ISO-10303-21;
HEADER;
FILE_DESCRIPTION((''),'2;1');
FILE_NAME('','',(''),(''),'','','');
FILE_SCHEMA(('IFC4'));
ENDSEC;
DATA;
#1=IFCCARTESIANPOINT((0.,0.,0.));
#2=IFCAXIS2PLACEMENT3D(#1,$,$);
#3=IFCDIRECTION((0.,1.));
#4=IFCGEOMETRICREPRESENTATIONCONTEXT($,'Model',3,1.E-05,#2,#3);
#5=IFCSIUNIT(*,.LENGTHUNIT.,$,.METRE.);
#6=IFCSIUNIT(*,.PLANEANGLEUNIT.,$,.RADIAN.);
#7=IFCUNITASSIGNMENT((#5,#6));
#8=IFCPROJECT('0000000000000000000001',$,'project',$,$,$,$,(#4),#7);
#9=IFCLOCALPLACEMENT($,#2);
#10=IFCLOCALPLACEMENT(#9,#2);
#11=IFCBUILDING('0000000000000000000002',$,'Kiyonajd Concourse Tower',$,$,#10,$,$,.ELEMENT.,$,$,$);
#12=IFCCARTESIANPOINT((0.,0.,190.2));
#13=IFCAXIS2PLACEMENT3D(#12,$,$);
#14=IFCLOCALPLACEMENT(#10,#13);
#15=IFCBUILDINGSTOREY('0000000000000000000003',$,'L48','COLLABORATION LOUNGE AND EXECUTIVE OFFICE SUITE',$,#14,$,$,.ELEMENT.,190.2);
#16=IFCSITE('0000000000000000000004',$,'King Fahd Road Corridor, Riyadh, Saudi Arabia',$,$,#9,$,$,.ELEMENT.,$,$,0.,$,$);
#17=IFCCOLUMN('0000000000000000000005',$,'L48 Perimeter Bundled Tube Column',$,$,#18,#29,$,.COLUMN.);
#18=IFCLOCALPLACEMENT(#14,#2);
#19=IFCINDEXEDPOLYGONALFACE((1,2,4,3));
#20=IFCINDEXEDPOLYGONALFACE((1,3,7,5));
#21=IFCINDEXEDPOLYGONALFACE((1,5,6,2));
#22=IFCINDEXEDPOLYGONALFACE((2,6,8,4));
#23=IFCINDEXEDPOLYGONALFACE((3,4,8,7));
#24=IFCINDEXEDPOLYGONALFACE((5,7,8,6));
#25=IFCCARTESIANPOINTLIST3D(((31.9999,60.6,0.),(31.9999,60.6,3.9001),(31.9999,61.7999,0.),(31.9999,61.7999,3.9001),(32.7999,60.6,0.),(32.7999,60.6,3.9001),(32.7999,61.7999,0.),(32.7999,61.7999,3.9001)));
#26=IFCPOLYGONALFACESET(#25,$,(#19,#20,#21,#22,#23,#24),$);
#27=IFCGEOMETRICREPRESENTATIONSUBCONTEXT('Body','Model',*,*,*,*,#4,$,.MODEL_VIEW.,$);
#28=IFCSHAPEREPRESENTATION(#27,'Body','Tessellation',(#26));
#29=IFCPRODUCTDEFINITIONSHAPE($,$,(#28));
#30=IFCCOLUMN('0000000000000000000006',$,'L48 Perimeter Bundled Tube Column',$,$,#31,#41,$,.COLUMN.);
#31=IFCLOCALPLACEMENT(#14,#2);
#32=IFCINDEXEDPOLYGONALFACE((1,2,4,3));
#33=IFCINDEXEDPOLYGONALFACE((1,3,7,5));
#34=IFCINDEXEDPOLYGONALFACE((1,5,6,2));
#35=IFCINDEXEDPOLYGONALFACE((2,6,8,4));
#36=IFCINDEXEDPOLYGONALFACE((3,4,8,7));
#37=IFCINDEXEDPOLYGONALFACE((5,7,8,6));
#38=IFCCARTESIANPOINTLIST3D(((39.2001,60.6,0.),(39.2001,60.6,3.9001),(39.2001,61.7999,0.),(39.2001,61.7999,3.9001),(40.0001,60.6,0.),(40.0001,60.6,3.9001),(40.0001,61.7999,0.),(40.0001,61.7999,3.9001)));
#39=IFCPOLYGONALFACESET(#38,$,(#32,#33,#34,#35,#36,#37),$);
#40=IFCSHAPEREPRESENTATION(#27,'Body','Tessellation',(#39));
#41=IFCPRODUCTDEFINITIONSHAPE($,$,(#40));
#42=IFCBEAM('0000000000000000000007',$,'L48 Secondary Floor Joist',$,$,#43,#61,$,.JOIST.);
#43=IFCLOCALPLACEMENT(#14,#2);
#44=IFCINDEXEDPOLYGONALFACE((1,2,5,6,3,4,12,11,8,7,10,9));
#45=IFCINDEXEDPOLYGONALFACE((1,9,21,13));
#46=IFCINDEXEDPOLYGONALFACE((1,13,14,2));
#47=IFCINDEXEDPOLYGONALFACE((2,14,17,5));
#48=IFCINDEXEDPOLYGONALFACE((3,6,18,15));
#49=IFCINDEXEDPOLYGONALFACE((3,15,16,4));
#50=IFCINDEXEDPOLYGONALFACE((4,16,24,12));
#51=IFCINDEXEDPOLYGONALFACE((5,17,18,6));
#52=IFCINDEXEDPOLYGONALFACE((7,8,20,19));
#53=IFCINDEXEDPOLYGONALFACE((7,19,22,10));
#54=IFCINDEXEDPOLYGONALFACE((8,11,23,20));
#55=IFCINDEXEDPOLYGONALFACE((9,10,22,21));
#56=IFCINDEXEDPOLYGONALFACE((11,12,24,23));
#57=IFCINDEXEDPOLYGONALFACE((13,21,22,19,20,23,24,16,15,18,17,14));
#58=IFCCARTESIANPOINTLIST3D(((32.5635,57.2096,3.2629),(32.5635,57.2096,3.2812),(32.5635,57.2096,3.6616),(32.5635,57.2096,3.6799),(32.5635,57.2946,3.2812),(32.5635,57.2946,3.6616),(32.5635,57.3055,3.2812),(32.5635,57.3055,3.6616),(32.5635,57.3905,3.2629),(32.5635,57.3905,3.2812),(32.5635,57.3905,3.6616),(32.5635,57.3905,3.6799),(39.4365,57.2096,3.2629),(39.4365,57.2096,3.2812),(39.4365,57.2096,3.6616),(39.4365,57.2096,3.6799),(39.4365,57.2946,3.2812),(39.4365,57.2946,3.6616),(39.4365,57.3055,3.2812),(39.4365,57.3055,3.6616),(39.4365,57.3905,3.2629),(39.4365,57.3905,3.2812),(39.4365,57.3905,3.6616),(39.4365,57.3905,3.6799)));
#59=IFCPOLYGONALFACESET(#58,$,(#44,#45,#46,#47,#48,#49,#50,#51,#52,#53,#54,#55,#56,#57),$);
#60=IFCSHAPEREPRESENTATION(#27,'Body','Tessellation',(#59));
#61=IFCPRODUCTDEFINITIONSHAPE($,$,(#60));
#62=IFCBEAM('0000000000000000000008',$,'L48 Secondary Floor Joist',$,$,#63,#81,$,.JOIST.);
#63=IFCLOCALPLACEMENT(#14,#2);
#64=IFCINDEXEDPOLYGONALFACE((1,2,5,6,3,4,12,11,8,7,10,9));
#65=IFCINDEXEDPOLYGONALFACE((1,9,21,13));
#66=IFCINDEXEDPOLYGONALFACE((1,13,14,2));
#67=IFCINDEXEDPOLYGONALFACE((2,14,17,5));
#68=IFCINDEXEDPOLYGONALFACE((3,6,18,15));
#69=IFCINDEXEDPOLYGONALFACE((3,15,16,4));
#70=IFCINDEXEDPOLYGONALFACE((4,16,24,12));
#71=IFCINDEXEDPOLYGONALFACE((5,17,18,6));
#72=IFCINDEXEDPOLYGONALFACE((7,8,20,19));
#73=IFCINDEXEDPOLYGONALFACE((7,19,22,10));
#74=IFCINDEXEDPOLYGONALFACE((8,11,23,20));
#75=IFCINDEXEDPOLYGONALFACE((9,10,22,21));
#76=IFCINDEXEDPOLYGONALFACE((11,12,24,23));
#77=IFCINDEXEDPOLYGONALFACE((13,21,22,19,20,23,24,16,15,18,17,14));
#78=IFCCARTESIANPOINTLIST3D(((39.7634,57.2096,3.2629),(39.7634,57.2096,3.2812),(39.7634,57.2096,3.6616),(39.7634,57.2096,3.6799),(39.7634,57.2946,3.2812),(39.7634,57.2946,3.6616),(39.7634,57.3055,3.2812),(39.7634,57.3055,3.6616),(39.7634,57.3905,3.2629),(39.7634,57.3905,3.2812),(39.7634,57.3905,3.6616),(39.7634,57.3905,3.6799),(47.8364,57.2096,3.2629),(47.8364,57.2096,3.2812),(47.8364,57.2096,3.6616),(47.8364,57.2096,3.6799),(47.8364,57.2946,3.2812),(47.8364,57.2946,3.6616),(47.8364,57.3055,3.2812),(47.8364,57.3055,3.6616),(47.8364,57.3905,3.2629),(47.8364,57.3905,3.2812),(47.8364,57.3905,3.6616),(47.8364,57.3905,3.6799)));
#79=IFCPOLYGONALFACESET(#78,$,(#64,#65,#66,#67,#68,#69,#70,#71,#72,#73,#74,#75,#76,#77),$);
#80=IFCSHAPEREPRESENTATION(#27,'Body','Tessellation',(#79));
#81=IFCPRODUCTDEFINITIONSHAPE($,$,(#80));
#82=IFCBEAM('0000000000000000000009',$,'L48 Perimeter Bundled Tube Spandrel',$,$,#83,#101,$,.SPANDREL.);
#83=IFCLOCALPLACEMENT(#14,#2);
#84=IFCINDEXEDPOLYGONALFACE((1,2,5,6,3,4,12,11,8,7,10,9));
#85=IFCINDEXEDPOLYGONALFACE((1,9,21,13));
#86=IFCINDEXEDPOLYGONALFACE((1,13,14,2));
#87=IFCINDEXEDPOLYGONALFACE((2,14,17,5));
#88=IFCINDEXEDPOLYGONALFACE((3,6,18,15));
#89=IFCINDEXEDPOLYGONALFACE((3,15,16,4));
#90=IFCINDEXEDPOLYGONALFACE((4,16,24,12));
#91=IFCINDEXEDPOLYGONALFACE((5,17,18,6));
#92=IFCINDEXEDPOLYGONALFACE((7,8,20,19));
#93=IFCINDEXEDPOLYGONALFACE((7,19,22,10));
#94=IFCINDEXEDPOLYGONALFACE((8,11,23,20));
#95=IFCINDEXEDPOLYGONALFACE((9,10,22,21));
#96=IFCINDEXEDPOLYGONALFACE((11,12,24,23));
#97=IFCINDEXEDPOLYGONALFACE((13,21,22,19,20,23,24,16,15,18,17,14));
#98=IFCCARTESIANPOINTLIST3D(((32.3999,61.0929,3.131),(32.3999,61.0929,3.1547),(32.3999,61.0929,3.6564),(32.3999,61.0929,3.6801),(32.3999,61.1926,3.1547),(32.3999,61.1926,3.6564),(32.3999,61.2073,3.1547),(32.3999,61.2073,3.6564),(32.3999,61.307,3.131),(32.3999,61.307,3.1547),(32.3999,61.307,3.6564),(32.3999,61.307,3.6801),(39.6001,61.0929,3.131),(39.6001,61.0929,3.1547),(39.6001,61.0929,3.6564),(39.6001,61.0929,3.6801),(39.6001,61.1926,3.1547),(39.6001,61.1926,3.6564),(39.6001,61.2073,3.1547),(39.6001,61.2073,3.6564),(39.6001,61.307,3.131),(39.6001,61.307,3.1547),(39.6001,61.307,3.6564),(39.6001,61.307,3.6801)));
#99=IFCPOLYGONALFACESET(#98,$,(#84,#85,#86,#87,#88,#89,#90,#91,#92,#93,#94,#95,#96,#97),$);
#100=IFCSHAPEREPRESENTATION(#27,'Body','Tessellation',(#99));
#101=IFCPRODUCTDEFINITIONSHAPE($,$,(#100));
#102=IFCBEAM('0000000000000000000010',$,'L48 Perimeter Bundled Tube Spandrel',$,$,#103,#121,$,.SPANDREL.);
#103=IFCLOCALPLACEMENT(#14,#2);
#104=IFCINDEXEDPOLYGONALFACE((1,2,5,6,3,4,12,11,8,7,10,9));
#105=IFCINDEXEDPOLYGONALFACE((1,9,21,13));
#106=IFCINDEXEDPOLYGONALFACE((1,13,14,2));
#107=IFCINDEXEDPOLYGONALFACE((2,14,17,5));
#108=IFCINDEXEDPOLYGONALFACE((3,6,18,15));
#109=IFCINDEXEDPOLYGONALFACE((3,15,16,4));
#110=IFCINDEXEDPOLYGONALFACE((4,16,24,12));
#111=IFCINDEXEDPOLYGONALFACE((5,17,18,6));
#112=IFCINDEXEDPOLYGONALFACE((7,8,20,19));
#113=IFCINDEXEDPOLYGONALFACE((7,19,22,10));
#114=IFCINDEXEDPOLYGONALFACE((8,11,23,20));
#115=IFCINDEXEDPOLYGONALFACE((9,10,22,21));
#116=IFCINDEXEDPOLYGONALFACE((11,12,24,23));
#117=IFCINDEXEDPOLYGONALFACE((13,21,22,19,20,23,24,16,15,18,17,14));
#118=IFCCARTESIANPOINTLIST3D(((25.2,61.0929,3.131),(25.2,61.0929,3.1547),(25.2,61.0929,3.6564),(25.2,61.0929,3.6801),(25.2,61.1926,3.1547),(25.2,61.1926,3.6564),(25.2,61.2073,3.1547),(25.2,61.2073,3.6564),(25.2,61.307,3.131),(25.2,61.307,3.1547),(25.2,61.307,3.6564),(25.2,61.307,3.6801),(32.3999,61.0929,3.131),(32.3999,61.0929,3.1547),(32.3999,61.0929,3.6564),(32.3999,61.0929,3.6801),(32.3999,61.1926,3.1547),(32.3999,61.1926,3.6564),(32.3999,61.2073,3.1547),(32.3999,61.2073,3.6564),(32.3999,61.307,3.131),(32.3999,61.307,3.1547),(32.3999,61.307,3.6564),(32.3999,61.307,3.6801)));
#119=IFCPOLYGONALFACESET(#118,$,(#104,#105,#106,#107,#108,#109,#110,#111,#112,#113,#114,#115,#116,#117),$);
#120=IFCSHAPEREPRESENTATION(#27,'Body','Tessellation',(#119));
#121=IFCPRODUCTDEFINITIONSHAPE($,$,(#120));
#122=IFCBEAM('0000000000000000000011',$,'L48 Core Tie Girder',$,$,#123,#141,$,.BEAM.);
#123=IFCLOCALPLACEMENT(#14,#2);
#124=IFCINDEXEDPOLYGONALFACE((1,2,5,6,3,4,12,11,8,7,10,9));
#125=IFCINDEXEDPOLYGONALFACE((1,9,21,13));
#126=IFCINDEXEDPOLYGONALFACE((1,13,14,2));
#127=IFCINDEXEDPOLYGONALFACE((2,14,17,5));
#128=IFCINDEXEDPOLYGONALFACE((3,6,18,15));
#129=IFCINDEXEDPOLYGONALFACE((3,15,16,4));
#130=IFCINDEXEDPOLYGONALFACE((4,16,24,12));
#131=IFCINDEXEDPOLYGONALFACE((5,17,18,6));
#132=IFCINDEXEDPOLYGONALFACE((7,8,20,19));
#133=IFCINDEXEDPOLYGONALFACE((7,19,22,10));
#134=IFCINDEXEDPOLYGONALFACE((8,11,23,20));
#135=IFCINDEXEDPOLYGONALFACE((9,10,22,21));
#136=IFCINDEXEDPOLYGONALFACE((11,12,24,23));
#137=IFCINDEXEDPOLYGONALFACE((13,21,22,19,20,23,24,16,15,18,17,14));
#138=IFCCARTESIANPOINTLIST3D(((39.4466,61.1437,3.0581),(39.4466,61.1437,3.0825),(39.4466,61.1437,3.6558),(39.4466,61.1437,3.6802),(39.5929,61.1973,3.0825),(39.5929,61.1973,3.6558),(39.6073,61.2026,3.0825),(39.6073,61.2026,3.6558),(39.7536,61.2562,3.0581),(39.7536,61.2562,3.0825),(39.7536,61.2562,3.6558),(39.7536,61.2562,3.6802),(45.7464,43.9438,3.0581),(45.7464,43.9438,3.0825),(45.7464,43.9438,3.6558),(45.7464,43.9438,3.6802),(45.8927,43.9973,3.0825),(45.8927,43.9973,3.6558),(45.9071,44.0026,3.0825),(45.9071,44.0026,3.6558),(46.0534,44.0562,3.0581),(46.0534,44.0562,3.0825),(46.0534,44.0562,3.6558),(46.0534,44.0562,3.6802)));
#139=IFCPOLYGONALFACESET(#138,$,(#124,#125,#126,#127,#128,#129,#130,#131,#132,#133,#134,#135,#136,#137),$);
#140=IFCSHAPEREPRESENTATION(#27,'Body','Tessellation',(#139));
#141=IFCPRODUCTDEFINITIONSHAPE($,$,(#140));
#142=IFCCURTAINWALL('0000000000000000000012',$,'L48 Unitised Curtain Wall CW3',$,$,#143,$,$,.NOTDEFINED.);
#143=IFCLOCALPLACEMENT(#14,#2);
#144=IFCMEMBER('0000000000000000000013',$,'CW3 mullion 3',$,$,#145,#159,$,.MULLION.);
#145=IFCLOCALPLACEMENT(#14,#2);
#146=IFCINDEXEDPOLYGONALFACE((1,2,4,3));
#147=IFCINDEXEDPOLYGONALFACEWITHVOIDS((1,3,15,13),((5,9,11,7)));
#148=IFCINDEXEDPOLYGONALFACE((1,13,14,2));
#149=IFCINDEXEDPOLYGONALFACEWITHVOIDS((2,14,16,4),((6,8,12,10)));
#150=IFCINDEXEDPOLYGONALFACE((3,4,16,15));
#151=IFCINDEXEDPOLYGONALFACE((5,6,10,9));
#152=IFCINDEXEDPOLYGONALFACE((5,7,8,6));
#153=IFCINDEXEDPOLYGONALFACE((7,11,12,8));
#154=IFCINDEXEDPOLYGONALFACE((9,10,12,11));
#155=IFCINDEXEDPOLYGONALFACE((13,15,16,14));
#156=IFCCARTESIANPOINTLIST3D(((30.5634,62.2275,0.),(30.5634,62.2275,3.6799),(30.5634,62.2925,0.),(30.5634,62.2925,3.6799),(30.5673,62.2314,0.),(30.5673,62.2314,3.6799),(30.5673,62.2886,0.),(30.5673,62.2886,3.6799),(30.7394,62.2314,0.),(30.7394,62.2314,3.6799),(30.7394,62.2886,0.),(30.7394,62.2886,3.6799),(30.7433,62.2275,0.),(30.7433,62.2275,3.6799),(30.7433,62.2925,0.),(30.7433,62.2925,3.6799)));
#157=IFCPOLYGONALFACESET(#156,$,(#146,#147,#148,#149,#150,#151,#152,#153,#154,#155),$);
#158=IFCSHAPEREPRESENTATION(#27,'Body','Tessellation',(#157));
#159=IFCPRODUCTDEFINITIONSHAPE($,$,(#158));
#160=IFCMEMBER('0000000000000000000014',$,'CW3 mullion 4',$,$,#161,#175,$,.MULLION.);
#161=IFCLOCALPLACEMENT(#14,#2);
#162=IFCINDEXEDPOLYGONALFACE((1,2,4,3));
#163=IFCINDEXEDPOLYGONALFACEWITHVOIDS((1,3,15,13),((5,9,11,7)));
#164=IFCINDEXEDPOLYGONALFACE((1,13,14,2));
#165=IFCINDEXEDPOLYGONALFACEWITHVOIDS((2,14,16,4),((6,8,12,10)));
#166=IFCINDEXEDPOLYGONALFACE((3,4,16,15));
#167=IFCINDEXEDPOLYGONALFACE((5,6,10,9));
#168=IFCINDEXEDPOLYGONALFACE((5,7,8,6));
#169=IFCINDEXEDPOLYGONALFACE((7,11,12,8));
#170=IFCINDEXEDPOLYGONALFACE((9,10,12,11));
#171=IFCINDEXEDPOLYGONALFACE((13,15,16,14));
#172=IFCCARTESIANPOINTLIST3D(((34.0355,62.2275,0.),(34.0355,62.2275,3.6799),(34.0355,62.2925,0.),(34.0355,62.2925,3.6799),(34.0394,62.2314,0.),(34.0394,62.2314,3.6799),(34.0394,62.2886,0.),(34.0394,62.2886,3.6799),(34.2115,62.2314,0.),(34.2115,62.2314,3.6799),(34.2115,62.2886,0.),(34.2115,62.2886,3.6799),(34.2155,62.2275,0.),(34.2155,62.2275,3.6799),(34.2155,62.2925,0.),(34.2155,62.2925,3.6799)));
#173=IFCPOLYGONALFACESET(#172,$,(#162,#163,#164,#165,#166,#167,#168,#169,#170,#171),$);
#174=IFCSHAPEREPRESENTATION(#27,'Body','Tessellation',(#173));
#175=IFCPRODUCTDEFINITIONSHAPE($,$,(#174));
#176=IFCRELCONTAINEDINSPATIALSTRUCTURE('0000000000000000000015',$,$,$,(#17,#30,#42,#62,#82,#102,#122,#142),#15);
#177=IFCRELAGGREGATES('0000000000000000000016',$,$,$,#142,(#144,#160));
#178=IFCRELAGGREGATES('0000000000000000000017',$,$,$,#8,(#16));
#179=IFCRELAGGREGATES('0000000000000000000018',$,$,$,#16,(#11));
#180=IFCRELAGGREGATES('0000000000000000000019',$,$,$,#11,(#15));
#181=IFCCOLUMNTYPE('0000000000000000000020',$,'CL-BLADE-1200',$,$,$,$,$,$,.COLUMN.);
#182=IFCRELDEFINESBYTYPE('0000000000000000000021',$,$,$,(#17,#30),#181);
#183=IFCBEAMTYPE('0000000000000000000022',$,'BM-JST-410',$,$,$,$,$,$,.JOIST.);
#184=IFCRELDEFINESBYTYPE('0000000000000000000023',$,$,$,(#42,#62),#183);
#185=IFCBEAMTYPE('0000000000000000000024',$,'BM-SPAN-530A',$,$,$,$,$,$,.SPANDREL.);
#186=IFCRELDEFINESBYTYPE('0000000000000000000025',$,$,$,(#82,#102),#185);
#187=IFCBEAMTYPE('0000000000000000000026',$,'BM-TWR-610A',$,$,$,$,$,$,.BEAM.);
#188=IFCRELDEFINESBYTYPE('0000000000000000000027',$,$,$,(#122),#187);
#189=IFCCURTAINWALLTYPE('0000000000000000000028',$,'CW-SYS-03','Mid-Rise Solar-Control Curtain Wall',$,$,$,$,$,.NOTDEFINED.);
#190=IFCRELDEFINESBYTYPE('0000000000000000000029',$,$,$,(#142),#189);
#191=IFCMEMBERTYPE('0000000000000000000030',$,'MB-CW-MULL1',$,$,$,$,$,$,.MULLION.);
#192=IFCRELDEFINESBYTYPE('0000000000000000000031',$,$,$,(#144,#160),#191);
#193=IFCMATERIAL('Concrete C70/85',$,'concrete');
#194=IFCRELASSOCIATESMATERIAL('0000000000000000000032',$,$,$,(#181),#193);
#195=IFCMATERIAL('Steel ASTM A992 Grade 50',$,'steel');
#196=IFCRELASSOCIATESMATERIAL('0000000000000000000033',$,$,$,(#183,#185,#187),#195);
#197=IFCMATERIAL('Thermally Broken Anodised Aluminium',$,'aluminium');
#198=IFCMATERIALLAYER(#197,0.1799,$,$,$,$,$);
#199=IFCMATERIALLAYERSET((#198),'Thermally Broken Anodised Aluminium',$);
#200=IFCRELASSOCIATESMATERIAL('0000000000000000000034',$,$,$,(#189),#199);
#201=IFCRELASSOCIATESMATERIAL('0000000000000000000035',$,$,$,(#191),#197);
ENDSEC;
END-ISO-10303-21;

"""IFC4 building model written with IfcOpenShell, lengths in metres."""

from ifc_helpers import new_model, si_unit, direction, frame, origin, origin_2d, place, context, subcontext, project, spatial, rectangle, hollow_rectangle, i_section, extrude, material, layer, layer_set, material_profile, profile_set, type_object, element, aggregate, save


model = new_model("IFC4")

# Units and contexts
model_context = context("Model", 3, precision=1e-05, world=origin(), true_north=direction((0.0, 1.0)))
body_context = subcontext(model_context, "Body", "Model", "MODEL_VIEW")
ifc_project = project(units=[si_unit("LENGTHUNIT", "METRE"), si_unit("PLANEANGLEUNIT", "RADIAN")], contexts=[model_context])

# Site, building, storey
site_placement = place(None, origin())
site = spatial("IfcSite", under=ifc_project, at=site_placement, Name="King Fahd Road Corridor, Riyadh, Saudi Arabia", CompositionType="ELEMENT", RefElevation=0.0)
building_placement = place(site_placement, origin())
building = spatial("IfcBuilding", under=site, at=building_placement, Name="Kiyonajd Concourse Tower", CompositionType="ELEMENT")
storey_placement = place(building_placement, frame((0.0, 0.0, 190.2)))
storey = spatial("IfcBuildingStorey", under=building, at=storey_placement, Name="L48", Description="COLLABORATION LOUNGE AND EXECUTIVE OFFICE SUITE", CompositionType="ELEMENT", Elevation=190.2)

# Columns
ifc_material_1 = material(Name="Concrete C70/85", Category="concrete")
ifc_material_profile_1 = material_profile(ifc_material_1, rectangle(XDim=0.8, YDim=1.2, at=origin_2d()), Name="RC-1200x800")
ifc_profile_set_1 = profile_set([ifc_material_profile_1], Name="Concrete C70/85")
column_type = type_object("IfcColumnType", Name="CL-BLADE-1200", PredefinedType="COLUMN", material=ifc_profile_set_1)
for number, where, z_axis, x_axis, name in (
    (1, (32.3999, 61.2, 0.0), (0.0, 0.0, 1.0), (1.0, 0.0, 0.0), "L48 Perimeter Bundled Tube Column"),
    (2, (39.6001, 61.2, 0.0), (0.0, 0.0, 1.0), (1.0, 0.0, 0.0), "L48 Perimeter Bundled Tube Column"),
):
    element("IfcColumn", number, at=place(storey_placement, frame(where, z_axis=z_axis, x_axis=x_axis)), inside=storey, type_object=column_type, Name=name, PredefinedType="COLUMN", context=body_context, shape_type="SweptSolid", body=[
        extrude(rectangle(XDim=0.8, YDim=1.2, at=origin_2d()), origin(), (0.0, 0.0, 1.0), 3.9001),
    ])

# Beams
ifc_material_2 = material(Name="Steel ASTM A992 Grade 50", Category="steel")
ifc_material_profile_2 = material_profile(ifc_material_2, i_section(OverallWidth=0.1809, OverallDepth=0.417, WebThickness=0.011, FlangeThickness=0.0183, at=origin_2d()), Name="W410X85")
ifc_profile_set_2 = profile_set([ifc_material_profile_2], Name="Steel ASTM A992 Grade 50")
beam_type_1 = type_object("IfcBeamType", Name="BM-JST-410", PredefinedType="JOIST", material=ifc_profile_set_2)
beam_1_placement = place(storey_placement, frame((32.5635, 57.3, 3.4714), z_axis=(1.0, 0.0, 0.0), x_axis=(0.0, 1.0, 0.0)))
element("IfcBeam", 3, at=beam_1_placement, inside=storey, type_object=beam_type_1, Name="L48 Secondary Floor Joist", PredefinedType="JOIST", context=body_context, shape_type="SweptSolid", body=[
    extrude(i_section(OverallWidth=0.1809, OverallDepth=0.417, WebThickness=0.011, FlangeThickness=0.0183, at=origin_2d()), origin(), (0.0, 0.0, 1.0), 6.873),
])
beam_2_placement = place(storey_placement, frame((39.7634, 57.3, 3.4714), z_axis=(1.0, 0.0, 0.0), x_axis=(0.0, 1.0, 0.0)))
element("IfcBeam", 4, at=beam_2_placement, inside=storey, type_object=beam_type_1, Name="L48 Secondary Floor Joist", PredefinedType="JOIST", context=body_context, shape_type="SweptSolid", body=[
    extrude(i_section(OverallWidth=0.1809, OverallDepth=0.417, WebThickness=0.011, FlangeThickness=0.0183, at=origin_2d()), origin(), (0.0, 0.0, 1.0), 8.073),
])
ifc_material_profile_3 = material_profile(ifc_material_2, i_section(OverallWidth=0.2141, OverallDepth=0.5491, WebThickness=0.0146, FlangeThickness=0.0237, at=origin_2d()), Name="W530X138")
ifc_profile_set_3 = profile_set([ifc_material_profile_3], Name="Steel ASTM A992 Grade 50")
beam_type_2 = type_object("IfcBeamType", Name="BM-SPAN-530A", PredefinedType="SPANDREL", material=ifc_profile_set_3)
beam_3_placement = place(storey_placement, frame((39.6001, 61.2, 3.4055), z_axis=(-1.0, 0.0, 0.0), x_axis=(0.0, -1.0, 0.0)))
element("IfcBeam", 5, at=beam_3_placement, inside=storey, type_object=beam_type_2, Name="L48 Perimeter Bundled Tube Spandrel", PredefinedType="SPANDREL", context=body_context, shape_type="SweptSolid", body=[
    extrude(i_section(OverallWidth=0.2141, OverallDepth=0.5491, WebThickness=0.0146, FlangeThickness=0.0237, at=origin_2d()), origin(), (0.0, 0.0, 1.0), 7.2002),
])
beam_4_placement = place(storey_placement, frame((32.3999, 61.2, 3.4055), z_axis=(-1.0, 0.0, 0.0), x_axis=(0.0, -1.0, 0.0)))
element("IfcBeam", 6, at=beam_4_placement, inside=storey, type_object=beam_type_2, Name="L48 Perimeter Bundled Tube Spandrel", PredefinedType="SPANDREL", context=body_context, shape_type="SweptSolid", body=[
    extrude(i_section(OverallWidth=0.2141, OverallDepth=0.5491, WebThickness=0.0146, FlangeThickness=0.0237, at=origin_2d()), origin(), (0.0, 0.0, 1.0), 7.2),
])
ifc_material_profile_4 = material_profile(ifc_material_2, i_section(OverallWidth=0.3269, OverallDepth=0.6221, WebThickness=0.0154, FlangeThickness=0.0244, at=origin_2d()), Name="W610X195")
ifc_profile_set_4 = profile_set([ifc_material_profile_4], Name="Steel ASTM A992 Grade 50")
beam_type_3 = type_object("IfcBeamType", Name="BM-TWR-610A", PredefinedType="BEAM", material=ifc_profile_set_4)
beam_5_placement = place(storey_placement, frame((39.6001, 61.2, 3.3691), z_axis=(0.343925, -0.938997, 0.0), x_axis=(0.938997, 0.343925, 0.0)))
element("IfcBeam", 7, at=beam_5_placement, inside=storey, type_object=beam_type_3, Name="L48 Core Tie Girder", PredefinedType="BEAM", context=body_context, shape_type="SweptSolid", body=[
    extrude(i_section(OverallWidth=0.3269, OverallDepth=0.6221, WebThickness=0.0154, FlangeThickness=0.0244, at=origin_2d()), origin(), (0.0, 0.0, 1.0), 18.3174),
])

# Curtain wall, members
ifc_material_3 = material(Name="Thermally Broken Anodised Aluminium", Category="aluminium")
ifc_layer_1 = layer(ifc_material_3, 0.1799)
ifc_layer_set_1 = layer_set([ifc_layer_1], Name="Thermally Broken Anodised Aluminium")
curtain_wall_type = type_object("IfcCurtainWallType", Name="CW-SYS-03", Description="Mid-Rise Solar-Control Curtain Wall", PredefinedType="NOTDEFINED", material=ifc_layer_set_1)
curtain_wall_placement = place(storey_placement, origin())
curtain_wall = element("IfcCurtainWall", 8, at=curtain_wall_placement, inside=storey, type_object=curtain_wall_type, Name="L48 Unitised Curtain Wall CW3", PredefinedType="NOTDEFINED")
ifc_material_profile_5 = material_profile(ifc_material_3, hollow_rectangle(XDim=0.0649, YDim=0.1799, WallThickness=0.0039, at=origin_2d()), Name="MULL-65x180")
ifc_profile_set_5 = profile_set([ifc_material_profile_5], Name="Thermally Broken Anodised Aluminium")
member_type_1 = type_object("IfcMemberType", Name="MB-CW-MULL1", PredefinedType="MULLION", material=ifc_profile_set_5)
member_1_placement = place(storey_placement, frame((30.6533, 62.26, 0.0), z_axis=(0.0, 0.0, 1.0), x_axis=(0.0, 1.0, 0.0)))
member_1 = element("IfcMember", 9, at=member_1_placement, type_object=member_type_1, Name="CW3 mullion 3", PredefinedType="MULLION", context=body_context, shape_type="SweptSolid", body=[
    extrude(hollow_rectangle(XDim=0.0649, YDim=0.1799, WallThickness=0.0039, at=origin_2d()), origin(), (0.0, 0.0, 1.0), 3.6799),
])
member_2_placement = place(storey_placement, frame((34.1255, 62.26, 0.0), z_axis=(0.0, 0.0, 1.0), x_axis=(0.0, 1.0, 0.0)))
member_2 = element("IfcMember", 10, at=member_2_placement, type_object=member_type_1, Name="CW3 mullion 4", PredefinedType="MULLION", context=body_context, shape_type="SweptSolid", body=[
    extrude(hollow_rectangle(XDim=0.0649, YDim=0.1799, WallThickness=0.0039, at=origin_2d()), origin(), (0.0, 0.0, 1.0), 3.6799),
])

aggregate(curtain_wall, [member_1, member_2])

save(model, "model.ifc")
